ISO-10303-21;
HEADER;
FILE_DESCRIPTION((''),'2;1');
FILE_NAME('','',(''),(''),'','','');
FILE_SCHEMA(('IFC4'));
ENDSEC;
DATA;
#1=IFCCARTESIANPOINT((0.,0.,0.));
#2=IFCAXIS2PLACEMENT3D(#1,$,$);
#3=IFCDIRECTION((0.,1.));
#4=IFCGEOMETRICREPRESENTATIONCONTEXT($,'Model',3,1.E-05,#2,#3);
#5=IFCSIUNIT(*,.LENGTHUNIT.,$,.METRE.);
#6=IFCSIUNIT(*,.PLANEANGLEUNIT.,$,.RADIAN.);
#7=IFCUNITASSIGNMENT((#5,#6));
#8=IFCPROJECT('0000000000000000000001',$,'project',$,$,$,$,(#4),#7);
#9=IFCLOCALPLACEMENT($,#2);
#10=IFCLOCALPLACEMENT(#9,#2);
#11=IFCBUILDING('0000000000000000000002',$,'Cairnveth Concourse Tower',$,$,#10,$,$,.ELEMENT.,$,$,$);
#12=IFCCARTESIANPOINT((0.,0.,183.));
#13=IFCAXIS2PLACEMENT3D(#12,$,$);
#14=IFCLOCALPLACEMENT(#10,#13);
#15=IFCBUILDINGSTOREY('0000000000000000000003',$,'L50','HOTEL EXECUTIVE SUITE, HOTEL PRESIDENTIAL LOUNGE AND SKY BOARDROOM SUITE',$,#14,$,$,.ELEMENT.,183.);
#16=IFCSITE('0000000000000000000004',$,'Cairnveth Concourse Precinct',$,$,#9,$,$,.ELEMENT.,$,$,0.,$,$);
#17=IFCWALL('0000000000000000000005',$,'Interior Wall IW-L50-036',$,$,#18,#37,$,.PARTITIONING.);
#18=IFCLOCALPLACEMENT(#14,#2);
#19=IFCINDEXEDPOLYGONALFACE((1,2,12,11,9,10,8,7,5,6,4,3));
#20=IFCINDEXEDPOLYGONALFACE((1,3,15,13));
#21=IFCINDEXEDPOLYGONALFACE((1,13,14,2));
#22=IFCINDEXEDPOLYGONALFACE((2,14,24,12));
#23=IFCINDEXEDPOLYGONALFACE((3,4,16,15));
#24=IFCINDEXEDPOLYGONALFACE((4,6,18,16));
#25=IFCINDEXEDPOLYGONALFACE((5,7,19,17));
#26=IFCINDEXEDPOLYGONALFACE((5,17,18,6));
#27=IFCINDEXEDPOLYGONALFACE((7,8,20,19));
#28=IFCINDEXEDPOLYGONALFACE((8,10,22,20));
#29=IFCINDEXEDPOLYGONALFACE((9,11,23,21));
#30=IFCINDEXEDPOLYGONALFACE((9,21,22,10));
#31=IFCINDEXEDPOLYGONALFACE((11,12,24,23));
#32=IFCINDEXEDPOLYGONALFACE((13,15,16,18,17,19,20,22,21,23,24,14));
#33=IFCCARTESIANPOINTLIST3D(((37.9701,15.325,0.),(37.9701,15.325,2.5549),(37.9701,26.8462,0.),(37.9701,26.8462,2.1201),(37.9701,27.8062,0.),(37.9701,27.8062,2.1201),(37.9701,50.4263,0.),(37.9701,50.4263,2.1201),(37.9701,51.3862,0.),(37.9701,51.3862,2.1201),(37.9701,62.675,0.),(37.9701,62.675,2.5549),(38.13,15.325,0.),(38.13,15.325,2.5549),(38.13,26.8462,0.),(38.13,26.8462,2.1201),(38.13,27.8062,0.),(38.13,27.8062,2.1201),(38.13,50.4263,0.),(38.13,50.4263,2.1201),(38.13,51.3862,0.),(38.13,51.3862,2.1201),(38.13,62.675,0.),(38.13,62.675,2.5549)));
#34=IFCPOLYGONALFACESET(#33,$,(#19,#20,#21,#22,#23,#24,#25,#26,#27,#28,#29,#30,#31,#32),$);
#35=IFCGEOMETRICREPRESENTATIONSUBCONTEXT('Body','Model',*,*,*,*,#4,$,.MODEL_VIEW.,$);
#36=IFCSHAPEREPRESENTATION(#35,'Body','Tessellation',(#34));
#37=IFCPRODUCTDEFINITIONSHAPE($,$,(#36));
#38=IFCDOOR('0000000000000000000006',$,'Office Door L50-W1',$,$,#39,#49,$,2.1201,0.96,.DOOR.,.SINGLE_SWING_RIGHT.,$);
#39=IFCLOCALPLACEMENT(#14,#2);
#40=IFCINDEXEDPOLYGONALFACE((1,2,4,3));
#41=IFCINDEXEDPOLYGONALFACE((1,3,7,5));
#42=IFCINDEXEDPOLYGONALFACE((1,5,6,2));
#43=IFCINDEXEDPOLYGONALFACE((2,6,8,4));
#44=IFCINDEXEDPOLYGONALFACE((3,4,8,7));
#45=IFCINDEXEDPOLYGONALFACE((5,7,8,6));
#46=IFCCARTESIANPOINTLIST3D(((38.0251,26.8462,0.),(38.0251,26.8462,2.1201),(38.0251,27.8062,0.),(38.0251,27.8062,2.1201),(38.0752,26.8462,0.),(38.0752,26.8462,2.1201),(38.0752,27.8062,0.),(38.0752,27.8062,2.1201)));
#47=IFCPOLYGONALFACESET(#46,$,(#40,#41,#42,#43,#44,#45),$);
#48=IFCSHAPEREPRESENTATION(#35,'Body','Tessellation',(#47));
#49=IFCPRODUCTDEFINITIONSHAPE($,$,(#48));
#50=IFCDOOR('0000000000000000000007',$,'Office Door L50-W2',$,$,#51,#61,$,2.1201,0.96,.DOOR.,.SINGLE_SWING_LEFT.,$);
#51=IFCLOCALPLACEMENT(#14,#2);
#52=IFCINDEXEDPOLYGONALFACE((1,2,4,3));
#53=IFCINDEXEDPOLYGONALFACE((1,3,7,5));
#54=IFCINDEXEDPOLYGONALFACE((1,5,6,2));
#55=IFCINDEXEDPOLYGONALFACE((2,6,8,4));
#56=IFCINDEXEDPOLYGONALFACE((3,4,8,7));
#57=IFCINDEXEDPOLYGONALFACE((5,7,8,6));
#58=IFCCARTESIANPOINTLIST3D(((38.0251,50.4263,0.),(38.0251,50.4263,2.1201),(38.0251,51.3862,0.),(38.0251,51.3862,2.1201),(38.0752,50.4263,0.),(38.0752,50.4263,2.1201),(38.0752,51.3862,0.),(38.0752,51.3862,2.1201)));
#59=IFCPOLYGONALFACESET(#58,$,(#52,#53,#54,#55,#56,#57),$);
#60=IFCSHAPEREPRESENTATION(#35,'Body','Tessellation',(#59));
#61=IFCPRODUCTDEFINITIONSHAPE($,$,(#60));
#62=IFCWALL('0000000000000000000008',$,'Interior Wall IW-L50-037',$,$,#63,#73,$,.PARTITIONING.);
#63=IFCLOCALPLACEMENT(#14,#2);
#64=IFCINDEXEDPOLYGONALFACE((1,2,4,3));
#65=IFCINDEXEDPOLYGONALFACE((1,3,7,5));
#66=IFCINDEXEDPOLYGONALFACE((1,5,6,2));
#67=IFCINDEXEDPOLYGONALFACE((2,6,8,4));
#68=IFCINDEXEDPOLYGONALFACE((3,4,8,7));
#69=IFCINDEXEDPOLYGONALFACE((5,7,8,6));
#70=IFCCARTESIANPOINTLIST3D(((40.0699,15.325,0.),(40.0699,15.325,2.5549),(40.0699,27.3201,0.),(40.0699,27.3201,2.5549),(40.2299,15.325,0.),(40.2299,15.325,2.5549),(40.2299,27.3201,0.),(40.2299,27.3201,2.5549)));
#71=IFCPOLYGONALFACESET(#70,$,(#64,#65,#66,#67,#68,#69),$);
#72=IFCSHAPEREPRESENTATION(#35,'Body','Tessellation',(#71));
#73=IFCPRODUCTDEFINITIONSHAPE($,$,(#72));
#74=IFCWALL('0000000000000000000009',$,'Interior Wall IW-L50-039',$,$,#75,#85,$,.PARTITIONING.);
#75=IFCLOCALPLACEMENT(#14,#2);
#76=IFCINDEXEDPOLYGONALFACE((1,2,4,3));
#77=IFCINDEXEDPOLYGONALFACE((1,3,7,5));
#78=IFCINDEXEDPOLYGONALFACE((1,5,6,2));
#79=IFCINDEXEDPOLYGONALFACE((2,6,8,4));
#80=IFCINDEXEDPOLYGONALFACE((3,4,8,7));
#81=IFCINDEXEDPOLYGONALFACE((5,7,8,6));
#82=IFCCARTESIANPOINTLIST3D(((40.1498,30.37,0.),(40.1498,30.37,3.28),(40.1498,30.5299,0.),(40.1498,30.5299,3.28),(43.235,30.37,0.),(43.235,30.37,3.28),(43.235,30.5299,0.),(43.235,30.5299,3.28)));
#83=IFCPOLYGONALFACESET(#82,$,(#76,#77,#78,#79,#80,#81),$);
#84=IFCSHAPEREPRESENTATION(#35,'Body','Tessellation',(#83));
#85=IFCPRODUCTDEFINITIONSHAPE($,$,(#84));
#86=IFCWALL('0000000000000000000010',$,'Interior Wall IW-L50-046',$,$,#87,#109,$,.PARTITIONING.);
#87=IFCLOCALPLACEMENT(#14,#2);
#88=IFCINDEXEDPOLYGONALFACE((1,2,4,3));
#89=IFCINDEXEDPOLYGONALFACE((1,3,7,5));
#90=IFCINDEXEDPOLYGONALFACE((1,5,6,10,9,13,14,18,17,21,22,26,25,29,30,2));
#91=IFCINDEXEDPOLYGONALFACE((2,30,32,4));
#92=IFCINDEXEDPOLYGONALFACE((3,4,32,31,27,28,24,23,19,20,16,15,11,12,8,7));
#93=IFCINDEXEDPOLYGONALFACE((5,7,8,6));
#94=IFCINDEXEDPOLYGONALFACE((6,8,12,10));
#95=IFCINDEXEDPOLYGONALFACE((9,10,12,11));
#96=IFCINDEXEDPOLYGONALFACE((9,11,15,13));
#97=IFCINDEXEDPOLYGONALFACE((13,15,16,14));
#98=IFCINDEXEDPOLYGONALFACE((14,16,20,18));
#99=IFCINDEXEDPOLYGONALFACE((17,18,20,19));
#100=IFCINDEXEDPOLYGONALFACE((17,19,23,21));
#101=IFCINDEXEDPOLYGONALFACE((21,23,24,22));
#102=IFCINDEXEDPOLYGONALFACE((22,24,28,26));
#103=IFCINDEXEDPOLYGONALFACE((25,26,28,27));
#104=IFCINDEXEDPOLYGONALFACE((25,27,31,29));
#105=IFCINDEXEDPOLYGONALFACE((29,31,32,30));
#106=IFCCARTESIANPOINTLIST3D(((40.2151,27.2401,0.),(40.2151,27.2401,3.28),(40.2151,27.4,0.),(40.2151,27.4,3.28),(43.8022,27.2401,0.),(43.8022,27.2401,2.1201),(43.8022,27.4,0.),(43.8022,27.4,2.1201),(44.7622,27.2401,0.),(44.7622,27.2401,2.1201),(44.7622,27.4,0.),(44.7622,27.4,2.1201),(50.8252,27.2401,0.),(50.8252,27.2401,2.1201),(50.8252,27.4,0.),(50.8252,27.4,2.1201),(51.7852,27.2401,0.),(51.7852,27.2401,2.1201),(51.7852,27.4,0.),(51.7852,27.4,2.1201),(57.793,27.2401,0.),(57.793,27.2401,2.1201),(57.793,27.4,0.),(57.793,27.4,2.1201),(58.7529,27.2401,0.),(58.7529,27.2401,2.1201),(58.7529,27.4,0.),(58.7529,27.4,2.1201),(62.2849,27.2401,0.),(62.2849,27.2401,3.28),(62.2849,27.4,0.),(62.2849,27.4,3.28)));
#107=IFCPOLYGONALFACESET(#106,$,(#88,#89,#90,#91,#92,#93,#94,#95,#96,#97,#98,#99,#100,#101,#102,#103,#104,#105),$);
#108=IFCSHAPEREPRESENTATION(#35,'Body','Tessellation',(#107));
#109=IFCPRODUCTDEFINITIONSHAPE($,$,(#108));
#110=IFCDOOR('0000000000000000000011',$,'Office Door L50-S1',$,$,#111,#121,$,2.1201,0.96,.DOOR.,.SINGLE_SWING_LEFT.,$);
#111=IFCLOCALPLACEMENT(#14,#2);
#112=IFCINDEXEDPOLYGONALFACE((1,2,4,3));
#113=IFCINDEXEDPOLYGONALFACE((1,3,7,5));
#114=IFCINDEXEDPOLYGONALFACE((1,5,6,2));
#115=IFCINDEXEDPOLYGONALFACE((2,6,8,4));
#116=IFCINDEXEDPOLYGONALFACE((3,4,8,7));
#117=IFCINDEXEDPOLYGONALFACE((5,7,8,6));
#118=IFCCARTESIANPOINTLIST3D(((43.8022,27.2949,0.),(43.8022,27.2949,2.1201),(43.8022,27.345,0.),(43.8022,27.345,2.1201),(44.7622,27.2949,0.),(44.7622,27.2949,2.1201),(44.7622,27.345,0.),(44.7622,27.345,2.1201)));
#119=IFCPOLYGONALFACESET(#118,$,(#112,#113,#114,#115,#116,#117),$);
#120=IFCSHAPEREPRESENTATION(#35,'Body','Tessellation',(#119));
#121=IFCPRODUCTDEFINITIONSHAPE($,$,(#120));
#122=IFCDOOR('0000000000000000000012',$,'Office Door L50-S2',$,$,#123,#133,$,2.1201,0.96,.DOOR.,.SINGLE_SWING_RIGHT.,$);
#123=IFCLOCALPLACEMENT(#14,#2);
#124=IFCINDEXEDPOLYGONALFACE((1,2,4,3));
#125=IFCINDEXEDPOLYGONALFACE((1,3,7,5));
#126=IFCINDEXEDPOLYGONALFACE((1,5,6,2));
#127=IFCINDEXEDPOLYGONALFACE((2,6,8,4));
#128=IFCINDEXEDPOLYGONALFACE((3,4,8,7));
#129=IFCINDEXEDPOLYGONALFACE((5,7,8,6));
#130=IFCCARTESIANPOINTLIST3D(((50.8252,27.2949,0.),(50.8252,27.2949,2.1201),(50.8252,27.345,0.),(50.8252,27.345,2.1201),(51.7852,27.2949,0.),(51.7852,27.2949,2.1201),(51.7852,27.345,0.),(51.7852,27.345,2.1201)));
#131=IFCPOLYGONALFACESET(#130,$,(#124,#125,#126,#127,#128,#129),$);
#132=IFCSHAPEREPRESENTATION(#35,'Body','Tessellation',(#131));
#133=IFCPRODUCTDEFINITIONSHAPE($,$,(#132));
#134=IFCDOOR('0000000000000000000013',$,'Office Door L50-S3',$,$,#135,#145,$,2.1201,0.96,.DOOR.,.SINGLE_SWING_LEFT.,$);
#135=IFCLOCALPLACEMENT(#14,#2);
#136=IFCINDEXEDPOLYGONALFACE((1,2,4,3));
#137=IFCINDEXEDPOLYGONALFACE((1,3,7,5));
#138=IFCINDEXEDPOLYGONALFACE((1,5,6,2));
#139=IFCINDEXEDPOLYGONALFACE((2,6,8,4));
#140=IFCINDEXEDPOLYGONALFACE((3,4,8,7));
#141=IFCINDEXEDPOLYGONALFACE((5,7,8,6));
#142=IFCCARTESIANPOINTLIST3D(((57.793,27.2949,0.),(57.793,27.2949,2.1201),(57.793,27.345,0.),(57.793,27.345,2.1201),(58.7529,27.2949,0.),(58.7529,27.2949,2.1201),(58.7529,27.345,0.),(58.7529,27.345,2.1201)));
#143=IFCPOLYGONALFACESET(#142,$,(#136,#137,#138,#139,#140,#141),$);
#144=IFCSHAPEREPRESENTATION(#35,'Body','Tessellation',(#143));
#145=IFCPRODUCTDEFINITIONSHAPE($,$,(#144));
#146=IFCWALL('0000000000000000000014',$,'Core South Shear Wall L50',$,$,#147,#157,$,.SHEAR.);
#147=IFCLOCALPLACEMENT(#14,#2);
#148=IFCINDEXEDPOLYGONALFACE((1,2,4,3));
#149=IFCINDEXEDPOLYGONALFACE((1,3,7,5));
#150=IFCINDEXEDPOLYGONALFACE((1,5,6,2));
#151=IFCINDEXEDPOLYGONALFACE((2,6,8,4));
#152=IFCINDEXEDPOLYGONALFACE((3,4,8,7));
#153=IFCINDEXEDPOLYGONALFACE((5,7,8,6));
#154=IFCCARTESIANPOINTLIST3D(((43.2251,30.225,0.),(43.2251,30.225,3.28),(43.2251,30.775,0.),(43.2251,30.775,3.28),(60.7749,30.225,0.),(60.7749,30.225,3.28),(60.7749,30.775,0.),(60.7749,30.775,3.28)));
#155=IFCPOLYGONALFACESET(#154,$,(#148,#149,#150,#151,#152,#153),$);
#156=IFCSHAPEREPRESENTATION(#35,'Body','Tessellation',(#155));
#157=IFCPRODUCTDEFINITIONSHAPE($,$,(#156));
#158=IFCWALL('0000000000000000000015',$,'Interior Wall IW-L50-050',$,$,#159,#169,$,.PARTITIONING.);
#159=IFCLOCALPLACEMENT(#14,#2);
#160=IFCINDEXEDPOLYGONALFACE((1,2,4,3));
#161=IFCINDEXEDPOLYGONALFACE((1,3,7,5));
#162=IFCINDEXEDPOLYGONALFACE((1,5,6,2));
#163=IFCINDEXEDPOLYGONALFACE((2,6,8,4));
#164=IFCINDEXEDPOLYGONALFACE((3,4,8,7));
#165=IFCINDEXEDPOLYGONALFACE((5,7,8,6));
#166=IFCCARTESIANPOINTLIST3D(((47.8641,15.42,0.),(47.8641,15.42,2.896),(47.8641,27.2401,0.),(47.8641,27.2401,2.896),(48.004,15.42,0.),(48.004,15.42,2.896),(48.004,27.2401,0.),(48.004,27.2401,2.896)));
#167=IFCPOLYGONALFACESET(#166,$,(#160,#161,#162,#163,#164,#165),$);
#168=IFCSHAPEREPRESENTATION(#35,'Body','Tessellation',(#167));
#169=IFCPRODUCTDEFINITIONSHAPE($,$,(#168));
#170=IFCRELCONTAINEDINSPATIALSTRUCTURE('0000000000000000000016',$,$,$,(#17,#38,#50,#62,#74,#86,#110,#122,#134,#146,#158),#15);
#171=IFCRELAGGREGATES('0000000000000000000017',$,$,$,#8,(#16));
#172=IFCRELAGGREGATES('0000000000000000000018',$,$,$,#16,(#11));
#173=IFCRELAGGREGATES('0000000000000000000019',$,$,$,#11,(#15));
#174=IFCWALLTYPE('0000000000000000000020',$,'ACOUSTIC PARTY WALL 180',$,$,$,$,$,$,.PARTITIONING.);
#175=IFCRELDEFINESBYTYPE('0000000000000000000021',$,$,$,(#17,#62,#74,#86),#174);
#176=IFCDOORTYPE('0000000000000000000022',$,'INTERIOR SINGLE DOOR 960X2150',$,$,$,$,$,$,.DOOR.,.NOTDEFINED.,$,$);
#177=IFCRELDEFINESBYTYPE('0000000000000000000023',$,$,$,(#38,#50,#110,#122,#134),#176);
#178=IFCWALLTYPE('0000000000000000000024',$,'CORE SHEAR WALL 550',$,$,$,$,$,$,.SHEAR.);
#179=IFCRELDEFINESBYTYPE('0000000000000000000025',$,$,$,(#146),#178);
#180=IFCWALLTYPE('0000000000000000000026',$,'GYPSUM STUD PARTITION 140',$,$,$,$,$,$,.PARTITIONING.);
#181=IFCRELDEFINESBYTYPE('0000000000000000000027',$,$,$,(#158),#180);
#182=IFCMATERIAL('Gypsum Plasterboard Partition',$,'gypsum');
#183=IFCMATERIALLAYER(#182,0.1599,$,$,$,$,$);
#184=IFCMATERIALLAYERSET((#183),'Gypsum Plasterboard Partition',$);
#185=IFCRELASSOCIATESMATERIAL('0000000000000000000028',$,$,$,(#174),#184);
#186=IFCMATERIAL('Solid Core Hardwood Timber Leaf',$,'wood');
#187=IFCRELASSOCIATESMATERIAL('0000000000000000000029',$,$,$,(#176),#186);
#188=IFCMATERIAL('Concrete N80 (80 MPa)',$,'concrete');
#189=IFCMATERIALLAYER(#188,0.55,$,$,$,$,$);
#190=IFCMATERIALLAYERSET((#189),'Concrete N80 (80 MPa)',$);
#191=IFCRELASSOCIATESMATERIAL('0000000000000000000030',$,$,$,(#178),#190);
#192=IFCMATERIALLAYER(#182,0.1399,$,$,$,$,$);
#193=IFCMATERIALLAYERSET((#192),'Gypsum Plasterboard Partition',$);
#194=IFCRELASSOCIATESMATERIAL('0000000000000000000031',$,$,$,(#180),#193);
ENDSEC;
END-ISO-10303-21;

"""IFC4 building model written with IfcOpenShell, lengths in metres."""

from ifc_helpers import new_model, si_unit, direction, frame, frame_2d, origin, place, context, subcontext, project, spatial, rectangle, extrude, material, layer, layer_set, type_object, element, fill, save


model = new_model("IFC4")

# Units and contexts
model_context = context("Model", 3, precision=1e-05, world=origin(), true_north=direction((0.0, 1.0)))
body_context = subcontext(model_context, "Body", "Model", "MODEL_VIEW")
ifc_project = project(units=[si_unit("LENGTHUNIT", "METRE"), si_unit("PLANEANGLEUNIT", "RADIAN")], contexts=[model_context])

# Site, building, storey
site_placement = place(None, origin())
site = spatial("IfcSite", under=ifc_project, at=site_placement, Name="Cairnveth Concourse Precinct", CompositionType="ELEMENT", RefElevation=0.0)
building_placement = place(site_placement, origin())
building = spatial("IfcBuilding", under=site, at=building_placement, Name="Cairnveth Concourse Tower", CompositionType="ELEMENT")
storey_placement = place(building_placement, frame((0.0, 0.0, 183.0)))
storey = spatial("IfcBuildingStorey", under=building, at=storey_placement, Name="L50", Description="HOTEL EXECUTIVE SUITE, HOTEL PRESIDENTIAL LOUNGE AND SKY BOARDROOM SUITE", CompositionType="ELEMENT", Elevation=183.0)

# Wall, openings, doors
ifc_material_1 = material(Name="Gypsum Plasterboard Partition", Category="gypsum")
ifc_layer_1 = layer(ifc_material_1, 0.1599)
ifc_layer_set_1 = layer_set([ifc_layer_1], Name="Gypsum Plasterboard Partition")
wall_type_1 = type_object("IfcWallType", Name="ACOUSTIC PARTY WALL 180", PredefinedType="PARTITIONING", material=ifc_layer_set_1)
wall_1_placement = place(storey_placement, frame((38.05, 15.325, 0.0), z_axis=(0.0, 0.0, 1.0), x_axis=(0.0, 1.0, 0.0)))
wall_1 = element("IfcWall", 1, at=wall_1_placement, inside=storey, type_object=wall_type_1, Name="Interior Wall IW-L50-036", PredefinedType="PARTITIONING", context=body_context, shape_type="SweptSolid", body=[
    extrude(rectangle(XDim=47.3501, YDim=0.1599, at=frame_2d((23.675, 0.0))), origin(), (0.0, 0.0, 1.0), 2.5549),
])
opening_1_placement = place(wall_1_placement, frame((11.5212, 0.0, 0.0)))
opening_1 = element("IfcOpeningElement", 2, at=opening_1_placement, cuts=wall_1, PredefinedType="OPENING", context=body_context, shape_type="SweptSolid", body=[
    extrude(rectangle(XDim=0.96, YDim=2.1201, at=frame_2d((0.48, 1.0601))), frame((0.0, 0.0898, 0.0), z_axis=(0.0, -1.0, 0.0), x_axis=(1.0, 0.0, 0.0)), (0.0, 0.0, 1.0), 0.1799),
])
opening_2_placement = place(wall_1_placement, frame((35.1013, 0.0, 0.0)))
opening_2 = element("IfcOpeningElement", 3, at=opening_2_placement, cuts=wall_1, PredefinedType="OPENING", context=body_context, shape_type="SweptSolid", body=[
    extrude(rectangle(XDim=0.96, YDim=2.1201, at=frame_2d((0.48, 1.0601))), frame((0.0, 0.0898, 0.0), z_axis=(0.0, -1.0, 0.0), x_axis=(1.0, 0.0, 0.0)), (0.0, 0.0, 1.0), 0.1799),
])
ifc_material_2 = material(Name="Solid Core Hardwood Timber Leaf", Category="wood")
door_type = type_object("IfcDoorType", Name="INTERIOR SINGLE DOOR 960X2150", OperationType="NOTDEFINED", PredefinedType="DOOR", material=ifc_material_2)
door_1_placement = place(opening_1_placement, origin())
door_1 = element("IfcDoor", 4, at=door_1_placement, inside=storey, type_object=door_type, Name="Office Door L50-W1", OperationType="SINGLE_SWING_RIGHT", OverallHeight=2.1201, OverallWidth=0.96, PredefinedType="DOOR", context=body_context, shape_type="SweptSolid", body=[
    extrude(rectangle(XDim=0.96, YDim=2.1201, at=frame_2d((0.48, 1.0601))), frame((0.0, 0.0249, 0.0), z_axis=(0.0, -1.0, 0.0), x_axis=(1.0, 0.0, 0.0)), (0.0, 0.0, 1.0), 0.05),
])
fill(opening_1, door_1)
door_2_placement = place(opening_2_placement, origin())
door_2 = element("IfcDoor", 5, at=door_2_placement, inside=storey, type_object=door_type, Name="Office Door L50-W2", OperationType="SINGLE_SWING_LEFT", OverallHeight=2.1201, OverallWidth=0.96, PredefinedType="DOOR", context=body_context, shape_type="SweptSolid", body=[
    extrude(rectangle(XDim=0.96, YDim=2.1201, at=frame_2d((0.48, 1.0601))), frame((0.0, 0.0249, 0.0), z_axis=(0.0, -1.0, 0.0), x_axis=(1.0, 0.0, 0.0)), (0.0, 0.0, 1.0), 0.05),
])
fill(opening_2, door_2)

# Walls
wall_2_placement = place(storey_placement, frame((40.1499, 15.325, 0.0), z_axis=(0.0, 0.0, 1.0), x_axis=(0.0, 1.0, 0.0)))
element("IfcWall", 6, at=wall_2_placement, inside=storey, type_object=wall_type_1, Name="Interior Wall IW-L50-037", PredefinedType="PARTITIONING", context=body_context, shape_type="SweptSolid", body=[
    extrude(rectangle(XDim=11.9951, YDim=0.1599, at=frame_2d((5.9976, 0.0))), origin(), (0.0, 0.0, 1.0), 2.5549),
])
wall_3_placement = place(storey_placement, frame((40.1499, 30.45, 0.0), z_axis=(0.0, 0.0, 1.0), x_axis=(1.0, 0.0, 0.0)))
element("IfcWall", 7, at=wall_3_placement, inside=storey, type_object=wall_type_1, Name="Interior Wall IW-L50-039", PredefinedType="PARTITIONING", context=body_context, shape_type="SweptSolid", body=[
    extrude(rectangle(XDim=3.0852, YDim=0.1599, at=frame_2d((1.5425, 0.0))), origin(), (0.0, 0.0, 1.0), 3.28),
])

# Wall, openings, doors
wall_4_placement = place(storey_placement, frame((40.2151, 27.3201, 0.0), z_axis=(0.0, 0.0, 1.0), x_axis=(1.0, 0.0, 0.0)))
wall_4 = element("IfcWall", 8, at=wall_4_placement, inside=storey, type_object=wall_type_1, Name="Interior Wall IW-L50-046", PredefinedType="PARTITIONING", context=body_context, shape_type="SweptSolid", body=[
    extrude(rectangle(XDim=22.0698, YDim=0.1599, at=frame_2d((11.0349, 0.0))), origin(), (0.0, 0.0, 1.0), 3.28),
])
opening_3_placement = place(wall_4_placement, frame((3.5872, 0.0, 0.0)))
opening_3 = element("IfcOpeningElement", 9, at=opening_3_placement, cuts=wall_4, PredefinedType="OPENING", context=body_context, shape_type="SweptSolid", body=[
    extrude(rectangle(XDim=0.96, YDim=2.1201, at=frame_2d((0.48, 1.0601))), frame((0.0, 0.0898, 0.0), z_axis=(0.0, -1.0, 0.0), x_axis=(1.0, 0.0, 0.0)), (0.0, 0.0, 1.0), 0.1799),
])
opening_4_placement = place(wall_4_placement, frame((10.6101, 0.0, 0.0)))
opening_4 = element("IfcOpeningElement", 10, at=opening_4_placement, cuts=wall_4, PredefinedType="OPENING", context=body_context, shape_type="SweptSolid", body=[
    extrude(rectangle(XDim=0.96, YDim=2.1201, at=frame_2d((0.48, 1.0601))), frame((0.0, 0.0898, 0.0), z_axis=(0.0, -1.0, 0.0), x_axis=(1.0, 0.0, 0.0)), (0.0, 0.0, 1.0), 0.1799),
])
opening_5_placement = place(wall_4_placement, frame((17.5779, 0.0, 0.0)))
opening_5 = element("IfcOpeningElement", 11, at=opening_5_placement, cuts=wall_4, PredefinedType="OPENING", context=body_context, shape_type="SweptSolid", body=[
    extrude(rectangle(XDim=0.96, YDim=2.1201, at=frame_2d((0.48, 1.0601))), frame((0.0, 0.0898, 0.0), z_axis=(0.0, -1.0, 0.0), x_axis=(1.0, 0.0, 0.0)), (0.0, 0.0, 1.0), 0.1799),
])
door_3_placement = place(opening_3_placement, origin())
door_3 = element("IfcDoor", 12, at=door_3_placement, inside=storey, type_object=door_type, Name="Office Door L50-S1", OperationType="SINGLE_SWING_LEFT", OverallHeight=2.1201, OverallWidth=0.96, PredefinedType="DOOR", context=body_context, shape_type="SweptSolid", body=[
    extrude(rectangle(XDim=0.96, YDim=2.1201, at=frame_2d((0.48, 1.0601))), frame((0.0, 0.0249, 0.0), z_axis=(0.0, -1.0, 0.0), x_axis=(1.0, 0.0, 0.0)), (0.0, 0.0, 1.0), 0.05),
])
fill(opening_3, door_3)
door_4_placement = place(opening_4_placement, origin())
door_4 = element("IfcDoor", 13, at=door_4_placement, inside=storey, type_object=door_type, Name="Office Door L50-S2", OperationType="SINGLE_SWING_RIGHT", OverallHeight=2.1201, OverallWidth=0.96, PredefinedType="DOOR", context=body_context, shape_type="SweptSolid", body=[
    extrude(rectangle(XDim=0.96, YDim=2.1201, at=frame_2d((0.48, 1.0601))), frame((0.0, 0.0249, 0.0), z_axis=(0.0, -1.0, 0.0), x_axis=(1.0, 0.0, 0.0)), (0.0, 0.0, 1.0), 0.05),
])
fill(opening_4, door_4)
door_5_placement = place(opening_5_placement, origin())
door_5 = element("IfcDoor", 14, at=door_5_placement, inside=storey, type_object=door_type, Name="Office Door L50-S3", OperationType="SINGLE_SWING_LEFT", OverallHeight=2.1201, OverallWidth=0.96, PredefinedType="DOOR", context=body_context, shape_type="SweptSolid", body=[
    extrude(rectangle(XDim=0.96, YDim=2.1201, at=frame_2d((0.48, 1.0601))), frame((0.0, 0.0249, 0.0), z_axis=(0.0, -1.0, 0.0), x_axis=(1.0, 0.0, 0.0)), (0.0, 0.0, 1.0), 0.05),
])
fill(opening_5, door_5)

# Walls
ifc_material_3 = material(Name="Concrete N80 (80 MPa)", Category="concrete")
ifc_layer_2 = layer(ifc_material_3, 0.55)
ifc_layer_set_2 = layer_set([ifc_layer_2], Name="Concrete N80 (80 MPa)")
wall_type_2 = type_object("IfcWallType", Name="CORE SHEAR WALL 550", PredefinedType="SHEAR", material=ifc_layer_set_2)
wall_5_placement = place(storey_placement, frame((43.2251, 30.5, 0.0), z_axis=(0.0, 0.0, 1.0), x_axis=(1.0, 0.0, 0.0)))
element("IfcWall", 15, at=wall_5_placement, inside=storey, type_object=wall_type_2, Name="Core South Shear Wall L50", PredefinedType="SHEAR", context=body_context, shape_type="SweptSolid", body=[
    extrude(rectangle(XDim=17.5498, YDim=0.55, at=frame_2d((8.7749, 0.0))), origin(), (0.0, 0.0, 1.0), 3.28),
])
ifc_layer_3 = layer(ifc_material_1, 0.1399)
ifc_layer_set_3 = layer_set([ifc_layer_3], Name="Gypsum Plasterboard Partition")
wall_type_3 = type_object("IfcWallType", Name="GYPSUM STUD PARTITION 140", PredefinedType="PARTITIONING", material=ifc_layer_set_3)
wall_6_placement = place(storey_placement, frame((47.9341, 15.4199, 0.0), z_axis=(0.0, 0.0, 1.0), x_axis=(0.0, 1.0, 0.0)))
element("IfcWall", 16, at=wall_6_placement, inside=storey, type_object=wall_type_3, Name="Interior Wall IW-L50-050", PredefinedType="PARTITIONING", context=body_context, shape_type="SweptSolid", body=[
    extrude(rectangle(XDim=11.8201, YDim=0.1399, at=frame_2d((5.9102, 0.0))), origin(), (0.0, 0.0, 1.0), 2.896),
])

save(model, "model.ifc")
